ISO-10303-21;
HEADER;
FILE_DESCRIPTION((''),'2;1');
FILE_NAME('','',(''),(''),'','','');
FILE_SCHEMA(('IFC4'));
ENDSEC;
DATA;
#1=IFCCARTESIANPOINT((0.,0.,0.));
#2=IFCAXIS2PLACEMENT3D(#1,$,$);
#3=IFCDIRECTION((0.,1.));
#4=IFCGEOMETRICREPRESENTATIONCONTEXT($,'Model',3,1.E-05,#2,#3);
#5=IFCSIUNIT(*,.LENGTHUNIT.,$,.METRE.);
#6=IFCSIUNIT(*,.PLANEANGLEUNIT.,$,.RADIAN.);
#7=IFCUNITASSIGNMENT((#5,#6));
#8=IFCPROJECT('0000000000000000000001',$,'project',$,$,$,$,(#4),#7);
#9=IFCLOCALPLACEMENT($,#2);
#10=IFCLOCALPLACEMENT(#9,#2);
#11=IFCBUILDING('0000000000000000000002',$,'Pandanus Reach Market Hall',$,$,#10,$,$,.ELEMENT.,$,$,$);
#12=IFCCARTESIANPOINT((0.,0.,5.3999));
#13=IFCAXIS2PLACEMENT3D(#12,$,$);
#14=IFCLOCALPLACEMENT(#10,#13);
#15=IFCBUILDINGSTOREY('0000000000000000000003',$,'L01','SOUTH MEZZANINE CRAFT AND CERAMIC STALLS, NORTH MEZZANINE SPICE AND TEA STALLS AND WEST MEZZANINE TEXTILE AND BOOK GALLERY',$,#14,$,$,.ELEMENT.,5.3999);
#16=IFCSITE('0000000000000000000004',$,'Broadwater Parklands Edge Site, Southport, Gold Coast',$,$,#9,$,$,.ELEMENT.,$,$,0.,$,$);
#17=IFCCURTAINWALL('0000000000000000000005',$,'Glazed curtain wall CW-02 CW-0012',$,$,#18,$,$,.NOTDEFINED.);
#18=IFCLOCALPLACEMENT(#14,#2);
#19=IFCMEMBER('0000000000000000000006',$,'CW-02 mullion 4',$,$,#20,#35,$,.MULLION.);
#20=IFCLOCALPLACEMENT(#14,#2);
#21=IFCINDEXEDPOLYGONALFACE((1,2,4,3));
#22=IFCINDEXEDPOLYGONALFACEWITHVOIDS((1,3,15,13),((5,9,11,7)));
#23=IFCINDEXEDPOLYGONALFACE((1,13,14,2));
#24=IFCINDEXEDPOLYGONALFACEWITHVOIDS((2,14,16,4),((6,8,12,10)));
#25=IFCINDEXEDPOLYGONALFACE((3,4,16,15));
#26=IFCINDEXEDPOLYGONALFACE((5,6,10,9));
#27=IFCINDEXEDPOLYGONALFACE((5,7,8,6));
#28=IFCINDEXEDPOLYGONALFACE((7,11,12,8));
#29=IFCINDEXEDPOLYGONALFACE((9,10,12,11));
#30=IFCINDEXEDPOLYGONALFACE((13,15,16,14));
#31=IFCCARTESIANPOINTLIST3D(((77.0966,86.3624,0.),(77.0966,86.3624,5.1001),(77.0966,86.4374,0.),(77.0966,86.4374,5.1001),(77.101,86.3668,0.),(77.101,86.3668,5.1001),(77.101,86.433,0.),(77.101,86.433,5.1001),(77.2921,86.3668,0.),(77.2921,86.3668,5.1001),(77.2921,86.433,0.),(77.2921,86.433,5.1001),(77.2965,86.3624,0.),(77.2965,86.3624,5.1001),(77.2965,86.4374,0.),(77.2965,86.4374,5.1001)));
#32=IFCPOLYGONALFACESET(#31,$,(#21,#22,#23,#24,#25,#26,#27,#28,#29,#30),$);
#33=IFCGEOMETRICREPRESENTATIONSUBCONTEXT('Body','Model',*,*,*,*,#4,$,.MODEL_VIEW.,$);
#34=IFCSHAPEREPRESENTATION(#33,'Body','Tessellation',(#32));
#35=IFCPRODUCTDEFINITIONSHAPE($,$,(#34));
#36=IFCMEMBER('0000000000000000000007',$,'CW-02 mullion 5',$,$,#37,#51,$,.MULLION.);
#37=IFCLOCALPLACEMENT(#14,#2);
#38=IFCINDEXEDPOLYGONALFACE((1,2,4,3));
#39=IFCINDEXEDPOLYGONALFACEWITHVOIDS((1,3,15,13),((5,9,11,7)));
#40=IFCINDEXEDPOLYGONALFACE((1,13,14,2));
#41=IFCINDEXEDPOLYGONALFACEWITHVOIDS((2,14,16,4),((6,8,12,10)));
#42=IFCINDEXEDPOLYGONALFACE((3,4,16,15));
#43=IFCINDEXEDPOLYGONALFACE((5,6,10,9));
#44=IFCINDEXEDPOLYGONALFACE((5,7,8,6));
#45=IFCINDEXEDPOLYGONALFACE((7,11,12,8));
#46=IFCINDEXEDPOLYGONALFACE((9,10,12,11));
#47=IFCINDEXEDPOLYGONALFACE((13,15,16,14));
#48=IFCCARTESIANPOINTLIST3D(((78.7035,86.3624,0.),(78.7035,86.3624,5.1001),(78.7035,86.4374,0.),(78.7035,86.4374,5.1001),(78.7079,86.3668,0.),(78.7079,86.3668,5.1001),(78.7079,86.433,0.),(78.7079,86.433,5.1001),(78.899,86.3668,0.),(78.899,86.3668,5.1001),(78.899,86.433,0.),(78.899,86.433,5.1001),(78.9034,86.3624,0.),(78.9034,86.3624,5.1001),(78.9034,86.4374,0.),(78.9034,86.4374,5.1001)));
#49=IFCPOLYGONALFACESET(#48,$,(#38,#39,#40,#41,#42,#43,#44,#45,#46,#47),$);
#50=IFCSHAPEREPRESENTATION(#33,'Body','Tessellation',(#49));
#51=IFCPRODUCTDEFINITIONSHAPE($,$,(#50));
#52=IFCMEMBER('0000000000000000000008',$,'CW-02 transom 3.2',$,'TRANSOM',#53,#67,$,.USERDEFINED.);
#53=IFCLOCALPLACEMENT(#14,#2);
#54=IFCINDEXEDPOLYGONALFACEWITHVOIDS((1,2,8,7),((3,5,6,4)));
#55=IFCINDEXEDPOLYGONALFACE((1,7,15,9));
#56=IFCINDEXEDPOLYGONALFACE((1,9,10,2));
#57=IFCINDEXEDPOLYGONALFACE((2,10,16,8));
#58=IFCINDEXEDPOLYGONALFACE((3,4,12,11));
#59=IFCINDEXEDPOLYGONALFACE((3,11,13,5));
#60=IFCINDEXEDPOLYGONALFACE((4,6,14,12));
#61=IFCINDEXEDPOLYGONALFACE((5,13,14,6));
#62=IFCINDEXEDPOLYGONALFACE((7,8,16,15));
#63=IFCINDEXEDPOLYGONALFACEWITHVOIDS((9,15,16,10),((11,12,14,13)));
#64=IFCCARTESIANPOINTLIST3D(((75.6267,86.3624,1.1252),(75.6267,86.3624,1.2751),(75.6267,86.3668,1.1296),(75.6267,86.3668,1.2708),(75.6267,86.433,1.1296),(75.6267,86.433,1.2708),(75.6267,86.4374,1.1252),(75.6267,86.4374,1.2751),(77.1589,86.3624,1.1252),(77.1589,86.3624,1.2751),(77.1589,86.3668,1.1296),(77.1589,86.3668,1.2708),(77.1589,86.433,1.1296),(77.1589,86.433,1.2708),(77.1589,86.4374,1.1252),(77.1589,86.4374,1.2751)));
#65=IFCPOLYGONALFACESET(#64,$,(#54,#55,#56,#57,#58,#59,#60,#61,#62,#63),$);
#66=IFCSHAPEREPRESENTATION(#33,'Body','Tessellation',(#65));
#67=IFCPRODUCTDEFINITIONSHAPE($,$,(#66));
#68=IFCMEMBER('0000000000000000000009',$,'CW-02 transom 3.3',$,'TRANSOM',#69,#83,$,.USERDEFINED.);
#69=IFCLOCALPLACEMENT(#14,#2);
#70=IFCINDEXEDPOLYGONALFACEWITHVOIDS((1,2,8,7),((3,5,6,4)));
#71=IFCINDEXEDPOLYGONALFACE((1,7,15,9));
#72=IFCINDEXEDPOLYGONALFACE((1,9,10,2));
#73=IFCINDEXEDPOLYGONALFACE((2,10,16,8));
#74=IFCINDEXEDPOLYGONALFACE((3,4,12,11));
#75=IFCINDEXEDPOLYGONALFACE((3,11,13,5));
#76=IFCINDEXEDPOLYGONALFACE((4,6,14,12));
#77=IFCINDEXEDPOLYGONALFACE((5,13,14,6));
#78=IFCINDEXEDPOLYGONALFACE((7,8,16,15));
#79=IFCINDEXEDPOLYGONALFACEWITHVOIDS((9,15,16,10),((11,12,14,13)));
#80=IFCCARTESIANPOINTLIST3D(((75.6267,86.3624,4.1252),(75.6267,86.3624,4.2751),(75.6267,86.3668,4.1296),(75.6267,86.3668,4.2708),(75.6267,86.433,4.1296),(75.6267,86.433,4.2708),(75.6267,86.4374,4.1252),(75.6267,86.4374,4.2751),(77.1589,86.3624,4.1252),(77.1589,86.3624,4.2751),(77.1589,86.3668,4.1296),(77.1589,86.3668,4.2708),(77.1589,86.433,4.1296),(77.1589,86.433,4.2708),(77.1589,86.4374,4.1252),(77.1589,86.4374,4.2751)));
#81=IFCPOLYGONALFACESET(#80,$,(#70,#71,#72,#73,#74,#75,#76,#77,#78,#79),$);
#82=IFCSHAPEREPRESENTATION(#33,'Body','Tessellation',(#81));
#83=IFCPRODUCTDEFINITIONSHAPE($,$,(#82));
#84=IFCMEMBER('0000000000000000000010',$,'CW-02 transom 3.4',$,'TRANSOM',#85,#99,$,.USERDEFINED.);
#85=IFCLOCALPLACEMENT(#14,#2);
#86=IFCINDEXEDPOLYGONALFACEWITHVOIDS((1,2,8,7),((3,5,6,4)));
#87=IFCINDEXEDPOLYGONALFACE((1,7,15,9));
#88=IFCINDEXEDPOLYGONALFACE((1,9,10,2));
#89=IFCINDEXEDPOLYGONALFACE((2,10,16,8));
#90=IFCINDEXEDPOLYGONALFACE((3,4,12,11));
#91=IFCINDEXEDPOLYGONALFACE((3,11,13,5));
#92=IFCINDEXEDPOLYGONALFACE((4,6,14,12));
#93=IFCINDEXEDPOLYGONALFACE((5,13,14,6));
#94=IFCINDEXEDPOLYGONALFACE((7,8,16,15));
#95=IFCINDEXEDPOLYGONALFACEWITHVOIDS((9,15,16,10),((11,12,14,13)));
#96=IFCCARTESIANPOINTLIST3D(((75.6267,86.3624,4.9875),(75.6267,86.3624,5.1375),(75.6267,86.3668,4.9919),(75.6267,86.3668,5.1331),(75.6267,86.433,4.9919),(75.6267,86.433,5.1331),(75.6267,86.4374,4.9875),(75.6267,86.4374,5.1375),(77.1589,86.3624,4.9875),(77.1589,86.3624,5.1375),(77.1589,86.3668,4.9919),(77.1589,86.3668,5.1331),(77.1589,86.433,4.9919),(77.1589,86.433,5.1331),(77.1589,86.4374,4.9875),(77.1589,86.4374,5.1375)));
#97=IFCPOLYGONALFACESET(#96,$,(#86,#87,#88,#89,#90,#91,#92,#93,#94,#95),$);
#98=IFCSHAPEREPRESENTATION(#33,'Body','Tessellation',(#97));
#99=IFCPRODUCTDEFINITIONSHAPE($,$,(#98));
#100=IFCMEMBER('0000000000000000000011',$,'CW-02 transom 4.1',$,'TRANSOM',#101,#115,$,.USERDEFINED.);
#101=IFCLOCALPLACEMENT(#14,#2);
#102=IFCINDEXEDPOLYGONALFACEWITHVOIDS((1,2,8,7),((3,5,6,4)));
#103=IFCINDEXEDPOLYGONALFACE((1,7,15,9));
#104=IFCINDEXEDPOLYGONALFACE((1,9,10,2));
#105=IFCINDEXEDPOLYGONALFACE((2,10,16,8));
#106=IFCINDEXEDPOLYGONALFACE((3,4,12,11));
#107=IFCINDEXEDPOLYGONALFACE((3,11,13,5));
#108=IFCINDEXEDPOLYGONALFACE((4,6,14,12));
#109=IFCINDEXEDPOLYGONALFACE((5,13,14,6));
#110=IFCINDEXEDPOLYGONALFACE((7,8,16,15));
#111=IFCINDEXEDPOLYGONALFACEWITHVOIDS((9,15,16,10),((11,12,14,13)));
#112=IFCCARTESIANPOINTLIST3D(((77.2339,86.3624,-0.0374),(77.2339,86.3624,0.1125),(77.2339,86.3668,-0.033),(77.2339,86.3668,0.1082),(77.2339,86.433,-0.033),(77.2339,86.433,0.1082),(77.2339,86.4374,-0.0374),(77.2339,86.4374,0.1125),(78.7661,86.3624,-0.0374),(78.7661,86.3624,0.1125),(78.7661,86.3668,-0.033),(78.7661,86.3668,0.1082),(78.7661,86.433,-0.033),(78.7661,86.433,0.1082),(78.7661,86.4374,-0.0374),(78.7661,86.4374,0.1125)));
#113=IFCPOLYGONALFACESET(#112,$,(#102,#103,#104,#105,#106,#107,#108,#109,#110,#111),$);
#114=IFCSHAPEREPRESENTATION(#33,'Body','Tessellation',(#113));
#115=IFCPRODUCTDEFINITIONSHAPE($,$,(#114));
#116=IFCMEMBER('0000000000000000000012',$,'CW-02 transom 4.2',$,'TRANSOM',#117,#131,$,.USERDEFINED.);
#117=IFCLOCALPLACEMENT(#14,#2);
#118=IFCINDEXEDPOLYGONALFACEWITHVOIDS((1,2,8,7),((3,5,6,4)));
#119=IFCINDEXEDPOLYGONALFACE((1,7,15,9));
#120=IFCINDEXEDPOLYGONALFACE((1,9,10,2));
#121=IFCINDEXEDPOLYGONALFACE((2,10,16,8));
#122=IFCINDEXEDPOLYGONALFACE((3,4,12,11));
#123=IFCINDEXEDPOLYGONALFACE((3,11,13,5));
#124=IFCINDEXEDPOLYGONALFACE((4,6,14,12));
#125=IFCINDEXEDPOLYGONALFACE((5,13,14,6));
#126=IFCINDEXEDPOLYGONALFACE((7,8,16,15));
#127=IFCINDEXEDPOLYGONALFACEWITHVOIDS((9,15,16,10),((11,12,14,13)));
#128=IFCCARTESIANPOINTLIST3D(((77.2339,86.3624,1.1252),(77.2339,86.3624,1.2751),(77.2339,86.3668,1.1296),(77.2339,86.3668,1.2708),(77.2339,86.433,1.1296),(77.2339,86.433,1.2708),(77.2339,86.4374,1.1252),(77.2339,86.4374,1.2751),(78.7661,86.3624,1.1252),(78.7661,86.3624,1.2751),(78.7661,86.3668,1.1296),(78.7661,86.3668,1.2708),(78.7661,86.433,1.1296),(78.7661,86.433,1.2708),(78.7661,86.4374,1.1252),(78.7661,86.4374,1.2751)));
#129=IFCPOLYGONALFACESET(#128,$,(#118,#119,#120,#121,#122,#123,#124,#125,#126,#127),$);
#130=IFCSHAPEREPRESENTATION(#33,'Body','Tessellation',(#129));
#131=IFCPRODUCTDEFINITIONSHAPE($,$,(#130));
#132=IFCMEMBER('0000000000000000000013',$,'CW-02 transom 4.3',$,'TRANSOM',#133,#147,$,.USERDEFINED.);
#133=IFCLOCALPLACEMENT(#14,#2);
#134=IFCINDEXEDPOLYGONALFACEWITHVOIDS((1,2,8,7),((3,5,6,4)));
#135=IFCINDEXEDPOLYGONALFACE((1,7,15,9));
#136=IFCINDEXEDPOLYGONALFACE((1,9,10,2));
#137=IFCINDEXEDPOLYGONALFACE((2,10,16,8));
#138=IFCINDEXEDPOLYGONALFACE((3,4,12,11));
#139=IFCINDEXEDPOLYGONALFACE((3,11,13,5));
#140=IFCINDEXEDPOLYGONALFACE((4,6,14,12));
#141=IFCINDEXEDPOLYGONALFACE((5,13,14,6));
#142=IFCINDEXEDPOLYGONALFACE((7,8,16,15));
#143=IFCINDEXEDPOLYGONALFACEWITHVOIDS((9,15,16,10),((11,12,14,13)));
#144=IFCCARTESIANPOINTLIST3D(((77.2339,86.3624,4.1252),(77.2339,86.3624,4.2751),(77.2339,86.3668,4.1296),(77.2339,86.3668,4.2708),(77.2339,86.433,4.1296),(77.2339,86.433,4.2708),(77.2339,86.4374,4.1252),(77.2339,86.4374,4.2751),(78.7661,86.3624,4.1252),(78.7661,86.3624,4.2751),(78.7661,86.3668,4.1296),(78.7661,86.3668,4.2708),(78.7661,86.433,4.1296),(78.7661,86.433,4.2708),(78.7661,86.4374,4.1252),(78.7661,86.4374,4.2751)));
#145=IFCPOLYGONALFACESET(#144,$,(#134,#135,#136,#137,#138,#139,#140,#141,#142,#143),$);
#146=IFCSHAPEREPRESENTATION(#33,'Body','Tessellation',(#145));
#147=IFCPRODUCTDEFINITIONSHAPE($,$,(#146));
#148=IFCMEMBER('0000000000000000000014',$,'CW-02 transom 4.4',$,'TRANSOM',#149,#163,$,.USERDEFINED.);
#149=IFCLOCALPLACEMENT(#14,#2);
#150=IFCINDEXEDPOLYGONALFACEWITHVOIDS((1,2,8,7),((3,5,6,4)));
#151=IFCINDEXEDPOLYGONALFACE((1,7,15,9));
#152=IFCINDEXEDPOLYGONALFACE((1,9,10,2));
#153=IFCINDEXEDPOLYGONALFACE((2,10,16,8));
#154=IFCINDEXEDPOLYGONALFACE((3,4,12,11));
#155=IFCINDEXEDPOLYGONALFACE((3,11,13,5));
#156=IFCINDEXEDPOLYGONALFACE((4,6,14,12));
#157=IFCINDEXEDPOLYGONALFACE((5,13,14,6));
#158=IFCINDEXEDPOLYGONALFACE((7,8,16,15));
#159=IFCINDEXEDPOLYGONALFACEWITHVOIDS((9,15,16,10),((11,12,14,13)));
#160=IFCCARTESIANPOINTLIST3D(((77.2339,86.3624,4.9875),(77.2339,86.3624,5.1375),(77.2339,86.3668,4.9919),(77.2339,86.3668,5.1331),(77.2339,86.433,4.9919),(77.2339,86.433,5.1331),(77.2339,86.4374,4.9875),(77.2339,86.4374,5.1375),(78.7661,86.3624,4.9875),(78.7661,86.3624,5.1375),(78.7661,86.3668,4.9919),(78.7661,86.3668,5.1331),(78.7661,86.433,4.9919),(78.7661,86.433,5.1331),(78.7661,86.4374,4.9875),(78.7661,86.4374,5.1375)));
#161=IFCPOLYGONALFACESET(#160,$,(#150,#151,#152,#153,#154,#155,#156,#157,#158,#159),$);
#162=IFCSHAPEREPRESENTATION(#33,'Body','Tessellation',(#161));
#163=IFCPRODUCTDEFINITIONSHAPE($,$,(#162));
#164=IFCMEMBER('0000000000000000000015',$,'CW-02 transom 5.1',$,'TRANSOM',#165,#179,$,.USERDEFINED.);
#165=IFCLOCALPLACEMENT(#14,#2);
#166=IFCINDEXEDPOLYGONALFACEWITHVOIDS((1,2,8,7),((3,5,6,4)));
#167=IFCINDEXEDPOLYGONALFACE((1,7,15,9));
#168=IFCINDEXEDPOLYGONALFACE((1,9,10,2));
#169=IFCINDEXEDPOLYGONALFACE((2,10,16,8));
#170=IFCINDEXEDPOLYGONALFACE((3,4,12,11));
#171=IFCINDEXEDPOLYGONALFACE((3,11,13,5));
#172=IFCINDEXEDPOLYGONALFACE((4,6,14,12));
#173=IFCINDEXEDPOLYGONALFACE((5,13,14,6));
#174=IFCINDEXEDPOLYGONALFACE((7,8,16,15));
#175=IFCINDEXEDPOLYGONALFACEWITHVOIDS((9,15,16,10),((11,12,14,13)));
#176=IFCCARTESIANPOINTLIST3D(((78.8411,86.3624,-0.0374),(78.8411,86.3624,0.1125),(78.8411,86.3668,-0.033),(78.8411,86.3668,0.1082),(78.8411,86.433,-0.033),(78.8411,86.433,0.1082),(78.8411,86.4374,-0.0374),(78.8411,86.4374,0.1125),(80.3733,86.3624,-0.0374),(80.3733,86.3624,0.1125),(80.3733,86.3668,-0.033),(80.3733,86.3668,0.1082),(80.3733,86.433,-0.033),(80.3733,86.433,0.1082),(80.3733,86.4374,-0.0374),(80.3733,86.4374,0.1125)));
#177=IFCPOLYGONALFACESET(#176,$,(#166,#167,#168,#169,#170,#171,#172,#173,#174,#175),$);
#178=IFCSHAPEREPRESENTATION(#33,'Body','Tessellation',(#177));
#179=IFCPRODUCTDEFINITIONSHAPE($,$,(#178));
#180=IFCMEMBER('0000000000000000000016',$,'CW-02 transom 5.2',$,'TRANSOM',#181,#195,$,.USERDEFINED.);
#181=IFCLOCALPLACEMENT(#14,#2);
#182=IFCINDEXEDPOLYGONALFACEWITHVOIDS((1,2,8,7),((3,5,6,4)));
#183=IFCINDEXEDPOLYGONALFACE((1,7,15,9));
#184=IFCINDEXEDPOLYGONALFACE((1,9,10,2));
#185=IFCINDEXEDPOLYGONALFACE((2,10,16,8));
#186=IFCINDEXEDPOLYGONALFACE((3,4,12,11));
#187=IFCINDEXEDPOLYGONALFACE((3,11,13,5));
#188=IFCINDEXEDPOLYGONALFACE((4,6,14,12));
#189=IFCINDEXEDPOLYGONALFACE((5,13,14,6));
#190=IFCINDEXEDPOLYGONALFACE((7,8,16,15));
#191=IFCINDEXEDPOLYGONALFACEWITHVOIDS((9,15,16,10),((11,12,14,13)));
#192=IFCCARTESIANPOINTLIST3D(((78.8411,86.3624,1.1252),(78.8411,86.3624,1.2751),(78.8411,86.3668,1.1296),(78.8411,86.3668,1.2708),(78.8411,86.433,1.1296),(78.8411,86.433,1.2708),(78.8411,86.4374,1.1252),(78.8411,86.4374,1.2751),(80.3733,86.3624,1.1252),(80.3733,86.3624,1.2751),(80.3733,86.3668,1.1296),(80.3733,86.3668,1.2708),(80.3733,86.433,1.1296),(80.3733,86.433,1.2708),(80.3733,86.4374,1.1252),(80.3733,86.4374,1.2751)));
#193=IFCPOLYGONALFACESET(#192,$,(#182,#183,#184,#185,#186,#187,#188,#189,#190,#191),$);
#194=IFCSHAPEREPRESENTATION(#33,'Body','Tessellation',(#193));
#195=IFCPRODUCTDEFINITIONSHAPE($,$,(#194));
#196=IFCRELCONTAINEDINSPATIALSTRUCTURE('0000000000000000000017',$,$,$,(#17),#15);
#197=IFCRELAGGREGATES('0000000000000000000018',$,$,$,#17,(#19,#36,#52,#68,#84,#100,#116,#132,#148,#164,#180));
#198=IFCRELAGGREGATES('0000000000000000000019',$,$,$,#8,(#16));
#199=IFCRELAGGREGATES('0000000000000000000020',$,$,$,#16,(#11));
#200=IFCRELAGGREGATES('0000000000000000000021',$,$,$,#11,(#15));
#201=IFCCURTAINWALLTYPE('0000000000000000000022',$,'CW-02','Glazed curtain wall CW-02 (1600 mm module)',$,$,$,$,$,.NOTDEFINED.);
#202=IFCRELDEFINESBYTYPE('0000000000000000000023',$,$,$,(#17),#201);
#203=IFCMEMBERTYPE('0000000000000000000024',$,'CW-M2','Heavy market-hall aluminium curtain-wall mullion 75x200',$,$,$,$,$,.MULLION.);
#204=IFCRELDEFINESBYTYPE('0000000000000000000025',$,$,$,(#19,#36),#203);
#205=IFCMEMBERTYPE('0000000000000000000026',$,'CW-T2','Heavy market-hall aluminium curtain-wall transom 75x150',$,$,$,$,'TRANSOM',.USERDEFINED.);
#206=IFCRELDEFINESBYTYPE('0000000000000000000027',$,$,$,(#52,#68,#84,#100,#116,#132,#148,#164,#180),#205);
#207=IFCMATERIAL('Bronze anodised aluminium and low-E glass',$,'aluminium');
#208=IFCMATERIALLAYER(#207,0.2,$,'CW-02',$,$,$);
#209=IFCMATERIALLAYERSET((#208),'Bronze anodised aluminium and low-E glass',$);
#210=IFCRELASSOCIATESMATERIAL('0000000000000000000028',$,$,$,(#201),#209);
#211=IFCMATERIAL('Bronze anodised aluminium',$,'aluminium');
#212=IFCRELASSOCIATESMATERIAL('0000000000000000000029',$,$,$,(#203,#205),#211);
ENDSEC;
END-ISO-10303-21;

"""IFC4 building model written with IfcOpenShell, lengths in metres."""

from ifc_helpers import new_model, si_unit, direction, frame, origin, origin_2d, place, context, subcontext, project, spatial, hollow_rectangle, extrude, material, layer, layer_set, material_profile, profile_set, type_object, element, aggregate, save


model = new_model("IFC4")

# Units and contexts
model_context = context("Model", 3, precision=1e-05, world=origin(), true_north=direction((0.0, 1.0)))
body_context = subcontext(model_context, "Body", "Model", "MODEL_VIEW")
ifc_project = project(units=[si_unit("LENGTHUNIT", "METRE"), si_unit("PLANEANGLEUNIT", "RADIAN")], contexts=[model_context])

# Site, building, storey
site_placement = place(None, origin())
site = spatial("IfcSite", under=ifc_project, at=site_placement, Name="Broadwater Parklands Edge Site, Southport, Gold Coast", CompositionType="ELEMENT", RefElevation=0.0)
building_placement = place(site_placement, origin())
building = spatial("IfcBuilding", under=site, at=building_placement, Name="Pandanus Reach Market Hall", CompositionType="ELEMENT")
storey_placement = place(building_placement, frame((0.0, 0.0, 5.3999)))
storey = spatial("IfcBuildingStorey", under=building, at=storey_placement, Name="L01", Description="SOUTH MEZZANINE CRAFT AND CERAMIC STALLS, NORTH MEZZANINE SPICE AND TEA STALLS AND WEST MEZZANINE TEXTILE AND BOOK GALLERY", CompositionType="ELEMENT", Elevation=5.3999)

# Curtain wall, members
ifc_material_1 = material(Name="Bronze anodised aluminium and low-E glass", Category="aluminium")
ifc_layer_1 = layer(ifc_material_1, 0.2, Name="CW-02")
ifc_layer_set_1 = layer_set([ifc_layer_1], Name="Bronze anodised aluminium and low-E glass")
curtain_wall_type = type_object("IfcCurtainWallType", Name="CW-02", Description="Glazed curtain wall CW-02 (1600 mm module)", PredefinedType="NOTDEFINED", material=ifc_layer_set_1)
curtain_wall_placement = place(storey_placement, origin())
curtain_wall = element("IfcCurtainWall", 1, at=curtain_wall_placement, inside=storey, type_object=curtain_wall_type, Name="Glazed curtain wall CW-02 CW-0012", PredefinedType="NOTDEFINED")
ifc_material_2 = material(Name="Bronze anodised aluminium", Category="aluminium")
ifc_material_profile_1 = material_profile(ifc_material_2, hollow_rectangle(XDim=0.075, YDim=0.2, WallThickness=0.0044, at=origin_2d()), Name="ALU75x200", Category="LoadBearing")
ifc_profile_set_1 = profile_set([ifc_material_profile_1], Name="Bronze anodised aluminium")
member_type_1 = type_object("IfcMemberType", Name="CW-M2", Description="Heavy market-hall aluminium curtain-wall mullion 75x200", PredefinedType="MULLION", material=ifc_profile_set_1)
member_1_placement = place(storey_placement, frame((77.1965, 86.3999, 0.0), z_axis=(0.0, 0.0, 1.0), x_axis=(0.0, 1.0, 0.0)))
member_1 = element("IfcMember", 2, at=member_1_placement, type_object=member_type_1, Name="CW-02 mullion 4", PredefinedType="MULLION", context=body_context, shape_type="SweptSolid", body=[
    extrude(hollow_rectangle(XDim=0.075, YDim=0.2, WallThickness=0.0044, at=origin_2d()), origin(), (0.0, 0.0, 1.0), 5.1001),
])
member_2_placement = place(storey_placement, frame((78.8035, 86.3999, 0.0), z_axis=(0.0, 0.0, 1.0), x_axis=(0.0, 1.0, 0.0)))
member_2 = element("IfcMember", 3, at=member_2_placement, type_object=member_type_1, Name="CW-02 mullion 5", PredefinedType="MULLION", context=body_context, shape_type="SweptSolid", body=[
    extrude(hollow_rectangle(XDim=0.075, YDim=0.2, WallThickness=0.0044, at=origin_2d()), origin(), (0.0, 0.0, 1.0), 5.1001),
])
ifc_material_profile_2 = material_profile(ifc_material_2, hollow_rectangle(XDim=0.075, YDim=0.1499, WallThickness=0.0044, at=origin_2d()), Name="ALU75x150", Category="LoadBearing")
ifc_profile_set_2 = profile_set([ifc_material_profile_2], Name="Bronze anodised aluminium")
member_type_2 = type_object("IfcMemberType", Name="CW-T2", Description="Heavy market-hall aluminium curtain-wall transom 75x150", ElementType="TRANSOM", PredefinedType="USERDEFINED", material=ifc_profile_set_2)
member_3_placement = place(storey_placement, frame((75.6267, 86.3999, 1.2002), z_axis=(1.0, 0.0, 0.0), x_axis=(0.0, 1.0, 0.0)))
member_3 = element("IfcMember", 4, at=member_3_placement, type_object=member_type_2, Name="CW-02 transom 3.2", ObjectType="TRANSOM", PredefinedType="USERDEFINED", context=body_context, shape_type="SweptSolid", body=[
    extrude(hollow_rectangle(XDim=0.075, YDim=0.1499, WallThickness=0.0044, at=origin_2d()), origin(), (0.0, 0.0, 1.0), 1.5322),
])
member_4_placement = place(storey_placement, frame((75.6267, 86.3999, 4.2002), z_axis=(1.0, 0.0, 0.0), x_axis=(0.0, 1.0, 0.0)))
member_4 = element("IfcMember", 5, at=member_4_placement, type_object=member_type_2, Name="CW-02 transom 3.3", ObjectType="TRANSOM", PredefinedType="USERDEFINED", context=body_context, shape_type="SweptSolid", body=[
    extrude(hollow_rectangle(XDim=0.075, YDim=0.1499, WallThickness=0.0044, at=origin_2d()), origin(), (0.0, 0.0, 1.0), 1.5322),
])
member_5_placement = place(storey_placement, frame((75.6267, 86.3999, 5.0625), z_axis=(1.0, 0.0, 0.0), x_axis=(0.0, 1.0, 0.0)))
member_5 = element("IfcMember", 6, at=member_5_placement, type_object=member_type_2, Name="CW-02 transom 3.4", ObjectType="TRANSOM", PredefinedType="USERDEFINED", context=body_context, shape_type="SweptSolid", body=[
    extrude(hollow_rectangle(XDim=0.075, YDim=0.1499, WallThickness=0.0044, at=origin_2d()), origin(), (0.0, 0.0, 1.0), 1.5322),
])
member_6_placement = place(storey_placement, frame((77.2339, 86.3999, 0.0376), z_axis=(1.0, 0.0, 0.0), x_axis=(0.0, 1.0, 0.0)))
member_6 = element("IfcMember", 7, at=member_6_placement, type_object=member_type_2, Name="CW-02 transom 4.1", ObjectType="TRANSOM", PredefinedType="USERDEFINED", context=body_context, shape_type="SweptSolid", body=[
    extrude(hollow_rectangle(XDim=0.075, YDim=0.1499, WallThickness=0.0044, at=origin_2d()), origin(), (0.0, 0.0, 1.0), 1.5322),
])
member_7_placement = place(storey_placement, frame((77.2339, 86.3999, 1.2002), z_axis=(1.0, 0.0, 0.0), x_axis=(0.0, 1.0, 0.0)))
member_7 = element("IfcMember", 8, at=member_7_placement, type_object=member_type_2, Name="CW-02 transom 4.2", ObjectType="TRANSOM", PredefinedType="USERDEFINED", context=body_context, shape_type="SweptSolid", body=[
    extrude(hollow_rectangle(XDim=0.075, YDim=0.1499, WallThickness=0.0044, at=origin_2d()), origin(), (0.0, 0.0, 1.0), 1.5322),
])
member_8_placement = place(storey_placement, frame((77.2339, 86.3999, 4.2002), z_axis=(1.0, 0.0, 0.0), x_axis=(0.0, 1.0, 0.0)))
member_8 = element("IfcMember", 9, at=member_8_placement, type_object=member_type_2, Name="CW-02 transom 4.3", ObjectType="TRANSOM", PredefinedType="USERDEFINED", context=body_context, shape_type="SweptSolid", body=[
    extrude(hollow_rectangle(XDim=0.075, YDim=0.1499, WallThickness=0.0044, at=origin_2d()), origin(), (0.0, 0.0, 1.0), 1.5322),
])
member_9_placement = place(storey_placement, frame((77.2339, 86.3999, 5.0625), z_axis=(1.0, 0.0, 0.0), x_axis=(0.0, 1.0, 0.0)))
member_9 = element("IfcMember", 10, at=member_9_placement, type_object=member_type_2, Name="CW-02 transom 4.4", ObjectType="TRANSOM", PredefinedType="USERDEFINED", context=body_context, shape_type="SweptSolid", body=[
    extrude(hollow_rectangle(XDim=0.075, YDim=0.1499, WallThickness=0.0044, at=origin_2d()), origin(), (0.0, 0.0, 1.0), 1.5322),
])
member_10_placement = place(storey_placement, frame((78.8411, 86.3999, 0.0376), z_axis=(1.0, 0.0, 0.0), x_axis=(0.0, 1.0, 0.0)))
member_10 = element("IfcMember", 11, at=member_10_placement, type_object=member_type_2, Name="CW-02 transom 5.1", ObjectType="TRANSOM", PredefinedType="USERDEFINED", context=body_context, shape_type="SweptSolid", body=[
    extrude(hollow_rectangle(XDim=0.075, YDim=0.1499, WallThickness=0.0044, at=origin_2d()), origin(), (0.0, 0.0, 1.0), 1.5322),
])
member_11_placement = place(storey_placement, frame((78.8411, 86.3999, 1.2002), z_axis=(1.0, 0.0, 0.0), x_axis=(0.0, 1.0, 0.0)))
member_11 = element("IfcMember", 12, at=member_11_placement, type_object=member_type_2, Name="CW-02 transom 5.2", ObjectType="TRANSOM", PredefinedType="USERDEFINED", context=body_context, shape_type="SweptSolid", body=[
    extrude(hollow_rectangle(XDim=0.075, YDim=0.1499, WallThickness=0.0044, at=origin_2d()), origin(), (0.0, 0.0, 1.0), 1.5322),
])
aggregate(curtain_wall, [member_1, member_2, member_3, member_4, member_5, member_6, member_7, member_8, member_9, member_10, member_11])

save(model, "model.ifc")
